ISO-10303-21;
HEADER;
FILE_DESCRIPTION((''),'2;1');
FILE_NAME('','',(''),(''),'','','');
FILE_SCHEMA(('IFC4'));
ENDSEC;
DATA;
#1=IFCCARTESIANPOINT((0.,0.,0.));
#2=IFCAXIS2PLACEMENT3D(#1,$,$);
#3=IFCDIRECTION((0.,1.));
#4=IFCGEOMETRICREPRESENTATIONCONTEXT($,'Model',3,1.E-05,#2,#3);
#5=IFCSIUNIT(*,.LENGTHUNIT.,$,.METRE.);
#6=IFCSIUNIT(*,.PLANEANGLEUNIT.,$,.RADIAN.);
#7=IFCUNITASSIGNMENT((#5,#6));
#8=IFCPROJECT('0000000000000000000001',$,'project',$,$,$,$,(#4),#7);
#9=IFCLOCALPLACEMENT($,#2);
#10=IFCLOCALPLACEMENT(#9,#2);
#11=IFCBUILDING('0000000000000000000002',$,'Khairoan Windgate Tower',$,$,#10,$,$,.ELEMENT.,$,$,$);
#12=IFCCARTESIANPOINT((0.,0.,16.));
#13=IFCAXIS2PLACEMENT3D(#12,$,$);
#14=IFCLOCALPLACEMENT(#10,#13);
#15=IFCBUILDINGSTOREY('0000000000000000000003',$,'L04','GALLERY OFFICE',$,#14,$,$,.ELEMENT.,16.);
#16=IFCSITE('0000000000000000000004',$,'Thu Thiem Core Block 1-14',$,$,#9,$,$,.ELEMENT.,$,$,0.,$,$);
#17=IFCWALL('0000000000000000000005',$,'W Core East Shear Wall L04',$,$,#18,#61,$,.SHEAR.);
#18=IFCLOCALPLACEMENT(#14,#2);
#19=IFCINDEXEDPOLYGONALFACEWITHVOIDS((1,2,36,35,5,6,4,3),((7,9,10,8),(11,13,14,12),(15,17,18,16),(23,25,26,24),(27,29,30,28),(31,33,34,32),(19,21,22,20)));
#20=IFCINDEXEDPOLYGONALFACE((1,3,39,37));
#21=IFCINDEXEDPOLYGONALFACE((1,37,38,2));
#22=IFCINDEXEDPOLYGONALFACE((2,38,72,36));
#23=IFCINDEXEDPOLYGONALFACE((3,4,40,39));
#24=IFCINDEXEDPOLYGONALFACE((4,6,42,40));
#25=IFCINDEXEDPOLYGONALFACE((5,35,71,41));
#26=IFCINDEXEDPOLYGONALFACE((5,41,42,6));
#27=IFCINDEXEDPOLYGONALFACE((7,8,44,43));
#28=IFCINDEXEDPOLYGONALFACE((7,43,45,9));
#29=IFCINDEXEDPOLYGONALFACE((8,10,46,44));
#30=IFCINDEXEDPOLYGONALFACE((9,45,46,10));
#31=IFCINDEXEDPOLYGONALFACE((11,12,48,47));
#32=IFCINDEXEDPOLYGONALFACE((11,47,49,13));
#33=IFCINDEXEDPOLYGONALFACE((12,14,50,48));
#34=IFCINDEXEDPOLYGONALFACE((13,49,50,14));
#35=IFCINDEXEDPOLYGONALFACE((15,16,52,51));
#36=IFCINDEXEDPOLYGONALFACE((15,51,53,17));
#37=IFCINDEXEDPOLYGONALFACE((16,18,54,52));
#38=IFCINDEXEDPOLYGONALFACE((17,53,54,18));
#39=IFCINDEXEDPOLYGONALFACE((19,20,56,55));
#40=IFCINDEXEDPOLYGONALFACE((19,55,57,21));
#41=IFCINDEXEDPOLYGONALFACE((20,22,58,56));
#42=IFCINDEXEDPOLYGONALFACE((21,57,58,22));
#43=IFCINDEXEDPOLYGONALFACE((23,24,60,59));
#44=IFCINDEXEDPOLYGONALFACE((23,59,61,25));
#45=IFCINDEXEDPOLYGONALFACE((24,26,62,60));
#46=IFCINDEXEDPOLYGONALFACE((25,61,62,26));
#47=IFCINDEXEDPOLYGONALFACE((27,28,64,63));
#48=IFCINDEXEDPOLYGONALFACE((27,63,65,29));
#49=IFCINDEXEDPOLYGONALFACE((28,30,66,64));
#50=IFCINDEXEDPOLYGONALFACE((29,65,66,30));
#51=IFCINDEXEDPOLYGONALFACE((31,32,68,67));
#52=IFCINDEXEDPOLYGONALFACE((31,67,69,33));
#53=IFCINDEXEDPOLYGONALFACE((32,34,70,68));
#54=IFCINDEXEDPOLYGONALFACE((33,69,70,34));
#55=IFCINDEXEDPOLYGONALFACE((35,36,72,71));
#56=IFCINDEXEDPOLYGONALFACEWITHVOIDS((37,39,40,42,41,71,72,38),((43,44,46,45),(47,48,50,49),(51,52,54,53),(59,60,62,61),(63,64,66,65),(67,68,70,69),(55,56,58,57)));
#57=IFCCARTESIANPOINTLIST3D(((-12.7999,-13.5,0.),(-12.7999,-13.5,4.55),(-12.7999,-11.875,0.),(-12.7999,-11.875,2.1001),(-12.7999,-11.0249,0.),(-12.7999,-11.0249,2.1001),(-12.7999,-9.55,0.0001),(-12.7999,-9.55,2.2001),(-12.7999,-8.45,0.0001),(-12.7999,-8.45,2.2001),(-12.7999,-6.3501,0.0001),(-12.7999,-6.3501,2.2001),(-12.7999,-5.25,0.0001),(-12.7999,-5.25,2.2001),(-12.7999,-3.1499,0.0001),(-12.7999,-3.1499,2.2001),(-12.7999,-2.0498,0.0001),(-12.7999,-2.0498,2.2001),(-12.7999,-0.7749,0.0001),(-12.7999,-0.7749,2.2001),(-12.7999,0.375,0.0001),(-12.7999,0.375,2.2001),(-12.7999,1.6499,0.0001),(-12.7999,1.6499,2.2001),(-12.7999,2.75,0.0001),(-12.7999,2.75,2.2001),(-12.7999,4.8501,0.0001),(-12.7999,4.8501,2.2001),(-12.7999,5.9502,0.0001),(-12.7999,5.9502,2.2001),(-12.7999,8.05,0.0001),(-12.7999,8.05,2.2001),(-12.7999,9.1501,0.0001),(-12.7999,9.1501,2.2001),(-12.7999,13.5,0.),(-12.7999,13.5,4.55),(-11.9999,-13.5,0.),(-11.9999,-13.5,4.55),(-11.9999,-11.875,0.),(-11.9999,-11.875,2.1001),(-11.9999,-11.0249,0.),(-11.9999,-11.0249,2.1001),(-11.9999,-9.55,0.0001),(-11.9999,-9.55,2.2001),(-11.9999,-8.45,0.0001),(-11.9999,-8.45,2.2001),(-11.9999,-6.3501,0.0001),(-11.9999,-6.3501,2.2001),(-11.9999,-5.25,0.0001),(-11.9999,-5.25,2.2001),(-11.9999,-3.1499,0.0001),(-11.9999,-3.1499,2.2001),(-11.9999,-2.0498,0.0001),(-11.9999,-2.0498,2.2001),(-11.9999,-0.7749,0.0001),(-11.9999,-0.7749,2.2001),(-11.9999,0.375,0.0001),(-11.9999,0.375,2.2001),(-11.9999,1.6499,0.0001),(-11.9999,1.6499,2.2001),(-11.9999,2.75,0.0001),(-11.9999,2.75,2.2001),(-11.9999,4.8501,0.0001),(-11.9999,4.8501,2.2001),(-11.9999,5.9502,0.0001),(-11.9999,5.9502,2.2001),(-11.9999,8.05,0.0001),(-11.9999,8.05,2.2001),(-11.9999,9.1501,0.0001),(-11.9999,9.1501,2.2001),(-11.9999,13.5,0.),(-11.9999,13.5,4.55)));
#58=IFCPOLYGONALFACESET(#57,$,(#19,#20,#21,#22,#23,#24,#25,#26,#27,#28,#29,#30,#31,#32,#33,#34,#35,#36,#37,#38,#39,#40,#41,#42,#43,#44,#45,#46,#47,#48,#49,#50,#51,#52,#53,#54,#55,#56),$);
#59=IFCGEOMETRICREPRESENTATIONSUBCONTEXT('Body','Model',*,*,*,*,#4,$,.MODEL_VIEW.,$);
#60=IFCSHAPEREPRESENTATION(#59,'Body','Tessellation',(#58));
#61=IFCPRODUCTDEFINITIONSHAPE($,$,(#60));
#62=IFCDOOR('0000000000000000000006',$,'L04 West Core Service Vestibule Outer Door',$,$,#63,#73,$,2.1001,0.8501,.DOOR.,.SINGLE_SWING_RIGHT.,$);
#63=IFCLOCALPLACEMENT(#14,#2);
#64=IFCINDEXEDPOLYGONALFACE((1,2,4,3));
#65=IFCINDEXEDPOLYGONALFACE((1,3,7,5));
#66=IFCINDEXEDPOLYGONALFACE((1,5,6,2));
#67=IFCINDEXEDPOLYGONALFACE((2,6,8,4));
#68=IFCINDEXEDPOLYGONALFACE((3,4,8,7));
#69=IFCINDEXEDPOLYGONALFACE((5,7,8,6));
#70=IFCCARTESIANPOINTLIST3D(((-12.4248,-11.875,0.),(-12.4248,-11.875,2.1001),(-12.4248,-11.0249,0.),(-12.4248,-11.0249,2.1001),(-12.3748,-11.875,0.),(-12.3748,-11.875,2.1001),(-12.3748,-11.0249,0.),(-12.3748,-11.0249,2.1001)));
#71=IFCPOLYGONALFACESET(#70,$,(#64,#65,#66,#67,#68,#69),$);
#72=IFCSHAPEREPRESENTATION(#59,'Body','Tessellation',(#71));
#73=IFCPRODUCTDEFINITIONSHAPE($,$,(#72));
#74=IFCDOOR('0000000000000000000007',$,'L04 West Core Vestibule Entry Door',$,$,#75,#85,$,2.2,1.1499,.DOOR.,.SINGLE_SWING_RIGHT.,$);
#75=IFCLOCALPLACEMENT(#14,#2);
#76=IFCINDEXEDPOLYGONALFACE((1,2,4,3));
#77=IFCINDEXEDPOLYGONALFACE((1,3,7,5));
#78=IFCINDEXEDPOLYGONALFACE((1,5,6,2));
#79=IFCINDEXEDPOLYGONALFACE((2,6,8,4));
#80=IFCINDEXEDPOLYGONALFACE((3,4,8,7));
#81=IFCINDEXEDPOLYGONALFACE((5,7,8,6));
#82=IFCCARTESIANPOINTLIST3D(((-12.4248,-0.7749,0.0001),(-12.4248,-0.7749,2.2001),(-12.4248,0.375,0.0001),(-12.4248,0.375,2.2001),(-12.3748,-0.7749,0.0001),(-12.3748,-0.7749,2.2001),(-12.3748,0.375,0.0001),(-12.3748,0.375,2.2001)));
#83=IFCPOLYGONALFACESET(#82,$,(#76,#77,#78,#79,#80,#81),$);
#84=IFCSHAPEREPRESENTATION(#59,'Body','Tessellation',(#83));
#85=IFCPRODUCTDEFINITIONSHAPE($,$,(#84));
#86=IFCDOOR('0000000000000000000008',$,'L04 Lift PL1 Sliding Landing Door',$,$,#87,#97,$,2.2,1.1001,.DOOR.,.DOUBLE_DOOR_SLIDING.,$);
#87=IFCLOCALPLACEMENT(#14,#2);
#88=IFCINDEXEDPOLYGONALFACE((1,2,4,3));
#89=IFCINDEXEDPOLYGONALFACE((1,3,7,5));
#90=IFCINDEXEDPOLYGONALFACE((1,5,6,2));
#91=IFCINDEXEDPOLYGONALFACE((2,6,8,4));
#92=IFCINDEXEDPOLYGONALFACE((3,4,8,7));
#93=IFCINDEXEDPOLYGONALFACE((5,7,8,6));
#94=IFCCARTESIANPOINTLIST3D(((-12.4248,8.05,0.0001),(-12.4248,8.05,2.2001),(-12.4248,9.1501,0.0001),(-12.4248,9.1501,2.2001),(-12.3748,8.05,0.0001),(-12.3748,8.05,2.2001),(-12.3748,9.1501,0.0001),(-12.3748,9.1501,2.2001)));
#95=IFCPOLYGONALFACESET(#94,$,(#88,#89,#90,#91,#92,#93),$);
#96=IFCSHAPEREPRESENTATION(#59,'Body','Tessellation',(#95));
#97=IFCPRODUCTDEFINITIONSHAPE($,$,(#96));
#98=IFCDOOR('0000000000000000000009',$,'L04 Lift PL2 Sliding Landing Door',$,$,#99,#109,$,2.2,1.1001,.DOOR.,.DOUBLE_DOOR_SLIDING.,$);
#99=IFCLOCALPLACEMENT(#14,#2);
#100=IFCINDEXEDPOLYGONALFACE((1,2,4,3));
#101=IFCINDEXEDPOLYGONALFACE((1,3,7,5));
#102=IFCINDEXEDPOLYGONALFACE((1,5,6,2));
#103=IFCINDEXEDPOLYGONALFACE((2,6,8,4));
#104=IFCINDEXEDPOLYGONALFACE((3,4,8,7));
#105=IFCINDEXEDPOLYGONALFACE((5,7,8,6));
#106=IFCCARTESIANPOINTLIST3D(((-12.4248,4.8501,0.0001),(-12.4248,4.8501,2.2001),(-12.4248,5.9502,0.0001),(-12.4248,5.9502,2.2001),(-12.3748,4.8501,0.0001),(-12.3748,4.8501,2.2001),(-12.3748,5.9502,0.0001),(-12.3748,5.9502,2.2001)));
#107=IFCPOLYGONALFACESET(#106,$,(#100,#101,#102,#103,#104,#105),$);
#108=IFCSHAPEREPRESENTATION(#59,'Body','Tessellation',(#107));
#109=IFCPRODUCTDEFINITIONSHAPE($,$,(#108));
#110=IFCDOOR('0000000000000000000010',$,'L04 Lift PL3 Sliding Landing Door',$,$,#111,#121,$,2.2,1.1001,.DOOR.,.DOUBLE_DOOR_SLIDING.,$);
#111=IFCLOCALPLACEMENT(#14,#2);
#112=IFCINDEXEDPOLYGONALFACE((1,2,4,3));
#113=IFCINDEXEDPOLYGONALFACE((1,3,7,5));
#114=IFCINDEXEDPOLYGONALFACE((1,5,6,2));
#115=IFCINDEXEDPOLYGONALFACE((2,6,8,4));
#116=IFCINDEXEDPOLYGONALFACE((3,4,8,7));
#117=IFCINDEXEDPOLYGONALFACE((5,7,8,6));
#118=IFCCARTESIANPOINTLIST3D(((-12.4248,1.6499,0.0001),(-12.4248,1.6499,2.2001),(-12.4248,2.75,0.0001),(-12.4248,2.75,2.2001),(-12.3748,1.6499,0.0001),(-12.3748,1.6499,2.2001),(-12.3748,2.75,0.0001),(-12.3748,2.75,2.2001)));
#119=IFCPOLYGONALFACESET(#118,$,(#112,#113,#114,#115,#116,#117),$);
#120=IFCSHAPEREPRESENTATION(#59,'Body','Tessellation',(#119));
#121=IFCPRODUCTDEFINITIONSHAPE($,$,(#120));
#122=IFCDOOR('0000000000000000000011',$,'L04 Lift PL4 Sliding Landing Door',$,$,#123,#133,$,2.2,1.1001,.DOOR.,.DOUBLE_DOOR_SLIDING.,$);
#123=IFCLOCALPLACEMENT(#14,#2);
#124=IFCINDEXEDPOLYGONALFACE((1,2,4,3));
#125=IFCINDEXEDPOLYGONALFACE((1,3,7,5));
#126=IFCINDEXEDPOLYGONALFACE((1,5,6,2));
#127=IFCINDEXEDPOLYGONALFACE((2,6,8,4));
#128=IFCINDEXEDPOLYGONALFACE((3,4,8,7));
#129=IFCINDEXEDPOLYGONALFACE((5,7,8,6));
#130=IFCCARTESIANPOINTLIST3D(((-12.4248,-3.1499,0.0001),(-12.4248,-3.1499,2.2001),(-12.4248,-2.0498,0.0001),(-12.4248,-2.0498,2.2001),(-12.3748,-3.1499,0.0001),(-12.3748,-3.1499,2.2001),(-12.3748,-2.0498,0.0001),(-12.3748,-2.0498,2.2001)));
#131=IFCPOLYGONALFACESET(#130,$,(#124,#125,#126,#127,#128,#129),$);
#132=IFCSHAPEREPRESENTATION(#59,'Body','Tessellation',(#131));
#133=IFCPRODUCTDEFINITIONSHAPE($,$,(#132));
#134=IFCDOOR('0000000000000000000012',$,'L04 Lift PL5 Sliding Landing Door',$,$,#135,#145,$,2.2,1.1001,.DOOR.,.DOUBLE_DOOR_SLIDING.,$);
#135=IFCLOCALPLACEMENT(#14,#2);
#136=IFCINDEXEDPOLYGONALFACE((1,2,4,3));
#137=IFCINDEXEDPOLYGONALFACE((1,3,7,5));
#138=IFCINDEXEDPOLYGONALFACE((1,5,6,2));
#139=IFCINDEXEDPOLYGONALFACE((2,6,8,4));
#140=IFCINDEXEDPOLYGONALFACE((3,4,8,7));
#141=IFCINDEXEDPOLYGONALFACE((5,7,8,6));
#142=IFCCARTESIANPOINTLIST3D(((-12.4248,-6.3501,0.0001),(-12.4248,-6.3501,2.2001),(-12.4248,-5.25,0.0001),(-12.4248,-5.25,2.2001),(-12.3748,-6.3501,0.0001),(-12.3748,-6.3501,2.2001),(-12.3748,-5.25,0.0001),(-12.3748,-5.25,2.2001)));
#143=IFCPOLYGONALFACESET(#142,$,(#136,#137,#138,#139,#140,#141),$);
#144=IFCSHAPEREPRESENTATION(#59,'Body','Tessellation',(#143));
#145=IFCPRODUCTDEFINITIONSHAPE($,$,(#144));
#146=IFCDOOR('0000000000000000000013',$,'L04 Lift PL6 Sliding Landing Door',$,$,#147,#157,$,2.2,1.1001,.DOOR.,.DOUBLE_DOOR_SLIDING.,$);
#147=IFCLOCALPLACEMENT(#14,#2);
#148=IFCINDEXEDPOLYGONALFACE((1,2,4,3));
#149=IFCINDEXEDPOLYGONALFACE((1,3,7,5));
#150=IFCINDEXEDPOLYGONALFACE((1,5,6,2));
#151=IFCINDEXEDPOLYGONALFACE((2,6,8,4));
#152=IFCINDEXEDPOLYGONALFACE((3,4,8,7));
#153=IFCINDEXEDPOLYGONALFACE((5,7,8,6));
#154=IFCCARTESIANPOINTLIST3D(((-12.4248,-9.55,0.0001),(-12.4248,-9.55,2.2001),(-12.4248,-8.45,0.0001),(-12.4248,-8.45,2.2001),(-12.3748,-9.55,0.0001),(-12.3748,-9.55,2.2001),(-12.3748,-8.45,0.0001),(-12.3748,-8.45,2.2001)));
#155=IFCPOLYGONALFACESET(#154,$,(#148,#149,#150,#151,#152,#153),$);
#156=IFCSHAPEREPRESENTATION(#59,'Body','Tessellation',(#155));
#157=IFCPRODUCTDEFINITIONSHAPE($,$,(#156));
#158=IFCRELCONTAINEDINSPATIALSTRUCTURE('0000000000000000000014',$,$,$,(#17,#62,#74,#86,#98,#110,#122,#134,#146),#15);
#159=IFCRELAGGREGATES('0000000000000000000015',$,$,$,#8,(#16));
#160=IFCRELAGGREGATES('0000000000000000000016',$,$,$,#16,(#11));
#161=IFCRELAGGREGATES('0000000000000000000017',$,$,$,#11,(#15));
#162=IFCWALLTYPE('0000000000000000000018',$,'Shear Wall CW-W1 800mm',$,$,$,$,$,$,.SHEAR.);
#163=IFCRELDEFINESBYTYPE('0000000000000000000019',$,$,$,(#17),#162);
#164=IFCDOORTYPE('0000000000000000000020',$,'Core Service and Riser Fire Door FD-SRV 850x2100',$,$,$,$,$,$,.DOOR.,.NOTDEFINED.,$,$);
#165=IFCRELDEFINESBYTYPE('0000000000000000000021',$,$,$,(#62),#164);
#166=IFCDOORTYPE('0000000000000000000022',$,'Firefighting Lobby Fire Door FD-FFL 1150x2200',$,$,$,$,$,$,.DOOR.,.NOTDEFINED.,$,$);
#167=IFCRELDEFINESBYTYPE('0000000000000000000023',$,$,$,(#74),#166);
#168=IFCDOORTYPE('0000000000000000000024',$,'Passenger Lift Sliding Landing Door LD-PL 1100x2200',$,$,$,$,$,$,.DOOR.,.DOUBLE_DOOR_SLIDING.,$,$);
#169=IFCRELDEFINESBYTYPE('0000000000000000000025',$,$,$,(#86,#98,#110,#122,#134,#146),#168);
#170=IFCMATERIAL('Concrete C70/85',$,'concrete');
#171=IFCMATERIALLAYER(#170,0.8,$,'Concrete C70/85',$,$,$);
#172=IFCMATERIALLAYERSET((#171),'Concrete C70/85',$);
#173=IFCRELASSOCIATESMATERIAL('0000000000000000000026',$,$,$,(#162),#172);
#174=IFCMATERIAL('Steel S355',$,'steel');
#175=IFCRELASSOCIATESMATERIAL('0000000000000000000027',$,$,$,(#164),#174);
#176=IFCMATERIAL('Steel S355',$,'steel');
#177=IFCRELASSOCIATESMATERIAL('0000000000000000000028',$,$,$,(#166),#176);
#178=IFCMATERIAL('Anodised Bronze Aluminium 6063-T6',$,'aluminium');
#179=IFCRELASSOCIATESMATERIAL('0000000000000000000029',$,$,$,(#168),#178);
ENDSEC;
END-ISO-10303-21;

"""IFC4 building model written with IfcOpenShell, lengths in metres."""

from ifc_helpers import new_model, si_unit, direction, frame, frame_2d, origin, place, context, subcontext, project, spatial, rectangle, extrude, material, layer, layer_set, type_object, element, fill, save


model = new_model("IFC4")

# Units and contexts
model_context = context("Model", 3, precision=1e-05, world=origin(), true_north=direction((0.0, 1.0)))
body_context = subcontext(model_context, "Body", "Model", "MODEL_VIEW")
ifc_project = project(units=[si_unit("LENGTHUNIT", "METRE"), si_unit("PLANEANGLEUNIT", "RADIAN")], contexts=[model_context])

# Site, building, storey
site_placement = place(None, origin())
site = spatial("IfcSite", under=ifc_project, at=site_placement, Name="Thu Thiem Core Block 1-14", CompositionType="ELEMENT", RefElevation=0.0)
building_placement = place(site_placement, origin())
building = spatial("IfcBuilding", under=site, at=building_placement, Name="Khairoan Windgate Tower", CompositionType="ELEMENT")
storey_placement = place(building_placement, frame((0.0, 0.0, 16.0)))
storey = spatial("IfcBuildingStorey", under=building, at=storey_placement, Name="L04", Description="GALLERY OFFICE", CompositionType="ELEMENT", Elevation=16.0)

# Wall, openings, doors
ifc_material_1 = material(Name="Concrete C70/85", Category="concrete")
ifc_layer_1 = layer(ifc_material_1, 0.8, Name="Concrete C70/85")
ifc_layer_set_1 = layer_set([ifc_layer_1], Name="Concrete C70/85")
wall_type_1 = type_object("IfcWallType", Name="Shear Wall CW-W1 800mm", PredefinedType="SHEAR", material=ifc_layer_set_1)
wall_1_placement = place(storey_placement, frame((-12.3999, -13.5, 0.0), z_axis=(0.0, 0.0, 1.0), x_axis=(0.0, 1.0, 0.0)))
wall_1 = element("IfcWall", 1, at=wall_1_placement, inside=storey, type_object=wall_type_1, Name="W Core East Shear Wall L04", PredefinedType="SHEAR", context=body_context, shape_type="SweptSolid", body=[
    extrude(rectangle(XDim=27.0, YDim=0.8, at=frame_2d((13.5, 0.0))), origin(), (0.0, 0.0, 1.0), 4.55),
])
opening_1_placement = place(wall_1_placement, frame((21.55, 0.0, 0.0)))
opening_1 = element("IfcOpeningElement", 2, at=opening_1_placement, cuts=wall_1, PredefinedType="OPENING", context=body_context, shape_type="SweptSolid", body=[
    extrude(rectangle(XDim=1.1001, YDim=2.2, at=frame_2d((0.55, 1.1001))), frame((0.0, 0.4099, 0.0), z_axis=(0.0, -1.0, 0.0), x_axis=(1.0, 0.0, 0.0)), (0.0, 0.0, 1.0), 0.8201),
])
opening_2_placement = place(wall_1_placement, frame((18.3501, 0.0, 0.0)))
opening_2 = element("IfcOpeningElement", 3, at=opening_2_placement, cuts=wall_1, PredefinedType="OPENING", context=body_context, shape_type="SweptSolid", body=[
    extrude(rectangle(XDim=1.1001, YDim=2.2, at=frame_2d((0.55, 1.1001))), frame((0.0, 0.4099, 0.0), z_axis=(0.0, -1.0, 0.0), x_axis=(1.0, 0.0, 0.0)), (0.0, 0.0, 1.0), 0.8201),
])
opening_3_placement = place(wall_1_placement, frame((15.1499, 0.0, 0.0)))
opening_3 = element("IfcOpeningElement", 4, at=opening_3_placement, cuts=wall_1, PredefinedType="OPENING", context=body_context, shape_type="SweptSolid", body=[
    extrude(rectangle(XDim=1.1001, YDim=2.2, at=frame_2d((0.55, 1.1001))), frame((0.0, 0.4099, 0.0), z_axis=(0.0, -1.0, 0.0), x_axis=(1.0, 0.0, 0.0)), (0.0, 0.0, 1.0), 0.8201),
])
opening_4_placement = place(wall_1_placement, frame((10.3501, 0.0, 0.0)))
opening_4 = element("IfcOpeningElement", 5, at=opening_4_placement, cuts=wall_1, PredefinedType="OPENING", context=body_context, shape_type="SweptSolid", body=[
    extrude(rectangle(XDim=1.1001, YDim=2.2, at=frame_2d((0.55, 1.1001))), frame((0.0, 0.4099, 0.0), z_axis=(0.0, -1.0, 0.0), x_axis=(1.0, 0.0, 0.0)), (0.0, 0.0, 1.0), 0.8201),
])
opening_5_placement = place(wall_1_placement, frame((7.1499, 0.0, 0.0)))
opening_5 = element("IfcOpeningElement", 6, at=opening_5_placement, cuts=wall_1, PredefinedType="OPENING", context=body_context, shape_type="SweptSolid", body=[
    extrude(rectangle(XDim=1.1001, YDim=2.2, at=frame_2d((0.55, 1.1001))), frame((0.0, 0.4099, 0.0), z_axis=(0.0, -1.0, 0.0), x_axis=(1.0, 0.0, 0.0)), (0.0, 0.0, 1.0), 0.8201),
])
opening_6_placement = place(wall_1_placement, frame((3.95, 0.0, 0.0)))
opening_6 = element("IfcOpeningElement", 7, at=opening_6_placement, cuts=wall_1, PredefinedType="OPENING", context=body_context, shape_type="SweptSolid", body=[
    extrude(rectangle(XDim=1.1001, YDim=2.2, at=frame_2d((0.55, 1.1001))), frame((0.0, 0.4099, 0.0), z_axis=(0.0, -1.0, 0.0), x_axis=(1.0, 0.0, 0.0)), (0.0, 0.0, 1.0), 0.8201),
])
opening_7_placement = place(wall_1_placement, frame((12.7251, 0.0, 0.0)))
opening_7 = element("IfcOpeningElement", 8, at=opening_7_placement, cuts=wall_1, PredefinedType="OPENING", context=body_context, shape_type="SweptSolid", body=[
    extrude(rectangle(XDim=1.1499, YDim=2.2, at=frame_2d((0.575, 1.1001))), frame((0.0, 0.4099, 0.0), z_axis=(0.0, -1.0, 0.0), x_axis=(1.0, 0.0, 0.0)), (0.0, 0.0, 1.0), 0.8201),
])
opening_8_placement = place(wall_1_placement, frame((1.625, 0.0, 0.0)))
opening_8 = element("IfcOpeningElement", 9, at=opening_8_placement, cuts=wall_1, PredefinedType="OPENING", context=body_context, shape_type="SweptSolid", body=[
    extrude(rectangle(XDim=0.8501, YDim=2.1001, at=frame_2d((0.425, 1.05))), frame((0.0, 0.4099, 0.0), z_axis=(0.0, -1.0, 0.0), x_axis=(1.0, 0.0, 0.0)), (0.0, 0.0, 1.0), 0.8201),
])
ifc_material_2 = material(Name="Steel S355", Category="steel")
door_type_1 = type_object("IfcDoorType", Name="Core Service and Riser Fire Door FD-SRV 850x2100", OperationType="NOTDEFINED", PredefinedType="DOOR", material=ifc_material_2)
door_1_placement = place(opening_8_placement, origin())
door_1 = element("IfcDoor", 10, at=door_1_placement, inside=storey, type_object=door_type_1, Name="L04 West Core Service Vestibule Outer Door", OperationType="SINGLE_SWING_RIGHT", OverallHeight=2.1001, OverallWidth=0.8501, PredefinedType="DOOR", context=body_context, shape_type="SweptSolid", body=[
    extrude(rectangle(XDim=0.8501, YDim=2.1001, at=frame_2d((0.425, 1.05))), frame((0.0, 0.0249, 0.0), z_axis=(0.0, -1.0, 0.0), x_axis=(1.0, 0.0, 0.0)), (0.0, 0.0, 1.0), 0.05),
])
fill(opening_8, door_1)
ifc_material_3 = material(Name="Steel S355", Category="steel")
door_type_2 = type_object("IfcDoorType", Name="Firefighting Lobby Fire Door FD-FFL 1150x2200", OperationType="NOTDEFINED", PredefinedType="DOOR", material=ifc_material_3)
door_2_placement = place(opening_7_placement, origin())
door_2 = element("IfcDoor", 11, at=door_2_placement, inside=storey, type_object=door_type_2, Name="L04 West Core Vestibule Entry Door", OperationType="SINGLE_SWING_RIGHT", OverallHeight=2.2, OverallWidth=1.1499, PredefinedType="DOOR", context=body_context, shape_type="SweptSolid", body=[
    extrude(rectangle(XDim=1.1499, YDim=2.2, at=frame_2d((0.575, 1.1001))), frame((0.0, 0.0249, 0.0), z_axis=(0.0, -1.0, 0.0), x_axis=(1.0, 0.0, 0.0)), (0.0, 0.0, 1.0), 0.05),
])
fill(opening_7, door_2)
ifc_material_4 = material(Name="Anodised Bronze Aluminium 6063-T6", Category="aluminium")
door_type_3 = type_object("IfcDoorType", Name="Passenger Lift Sliding Landing Door LD-PL 1100x2200", OperationType="DOUBLE_DOOR_SLIDING", PredefinedType="DOOR", material=ifc_material_4)
door_3_placement = place(opening_1_placement, origin())
door_3 = element("IfcDoor", 12, at=door_3_placement, inside=storey, type_object=door_type_3, Name="L04 Lift PL1 Sliding Landing Door", OperationType="DOUBLE_DOOR_SLIDING", OverallHeight=2.2, OverallWidth=1.1001, PredefinedType="DOOR", context=body_context, shape_type="SweptSolid", body=[
    extrude(rectangle(XDim=1.1001, YDim=2.2, at=frame_2d((0.55, 1.1001))), frame((0.0, 0.0249, 0.0), z_axis=(0.0, -1.0, 0.0), x_axis=(1.0, 0.0, 0.0)), (0.0, 0.0, 1.0), 0.05),
])
fill(opening_1, door_3)
door_4_placement = place(opening_2_placement, origin())
door_4 = element("IfcDoor", 13, at=door_4_placement, inside=storey, type_object=door_type_3, Name="L04 Lift PL2 Sliding Landing Door", OperationType="DOUBLE_DOOR_SLIDING", OverallHeight=2.2, OverallWidth=1.1001, PredefinedType="DOOR", context=body_context, shape_type="SweptSolid", body=[
    extrude(rectangle(XDim=1.1001, YDim=2.2, at=frame_2d((0.55, 1.1001))), frame((0.0, 0.0249, 0.0), z_axis=(0.0, -1.0, 0.0), x_axis=(1.0, 0.0, 0.0)), (0.0, 0.0, 1.0), 0.05),
])
fill(opening_2, door_4)
door_5_placement = place(opening_3_placement, origin())
door_5 = element("IfcDoor", 14, at=door_5_placement, inside=storey, type_object=door_type_3, Name="L04 Lift PL3 Sliding Landing Door", OperationType="DOUBLE_DOOR_SLIDING", OverallHeight=2.2, OverallWidth=1.1001, PredefinedType="DOOR", context=body_context, shape_type="SweptSolid", body=[
    extrude(rectangle(XDim=1.1001, YDim=2.2, at=frame_2d((0.55, 1.1001))), frame((0.0, 0.0249, 0.0), z_axis=(0.0, -1.0, 0.0), x_axis=(1.0, 0.0, 0.0)), (0.0, 0.0, 1.0), 0.05),
])
fill(opening_3, door_5)
door_6_placement = place(opening_4_placement, origin())
door_6 = element("IfcDoor", 15, at=door_6_placement, inside=storey, type_object=door_type_3, Name="L04 Lift PL4 Sliding Landing Door", OperationType="DOUBLE_DOOR_SLIDING", OverallHeight=2.2, OverallWidth=1.1001, PredefinedType="DOOR", context=body_context, shape_type="SweptSolid", body=[
    extrude(rectangle(XDim=1.1001, YDim=2.2, at=frame_2d((0.55, 1.1001))), frame((0.0, 0.0249, 0.0), z_axis=(0.0, -1.0, 0.0), x_axis=(1.0, 0.0, 0.0)), (0.0, 0.0, 1.0), 0.05),
])
fill(opening_4, door_6)
door_7_placement = place(opening_5_placement, origin())
door_7 = element("IfcDoor", 16, at=door_7_placement, inside=storey, type_object=door_type_3, Name="L04 Lift PL5 Sliding Landing Door", OperationType="DOUBLE_DOOR_SLIDING", OverallHeight=2.2, OverallWidth=1.1001, PredefinedType="DOOR", context=body_context, shape_type="SweptSolid", body=[
    extrude(rectangle(XDim=1.1001, YDim=2.2, at=frame_2d((0.55, 1.1001))), frame((0.0, 0.0249, 0.0), z_axis=(0.0, -1.0, 0.0), x_axis=(1.0, 0.0, 0.0)), (0.0, 0.0, 1.0), 0.05),
])
fill(opening_5, door_7)
door_8_placement = place(opening_6_placement, origin())
door_8 = element("IfcDoor", 17, at=door_8_placement, inside=storey, type_object=door_type_3, Name="L04 Lift PL6 Sliding Landing Door", OperationType="DOUBLE_DOOR_SLIDING", OverallHeight=2.2, OverallWidth=1.1001, PredefinedType="DOOR", context=body_context, shape_type="SweptSolid", body=[
    extrude(rectangle(XDim=1.1001, YDim=2.2, at=frame_2d((0.55, 1.1001))), frame((0.0, 0.0249, 0.0), z_axis=(0.0, -1.0, 0.0), x_axis=(1.0, 0.0, 0.0)), (0.0, 0.0, 1.0), 0.05),
])
fill(opening_6, door_8)

save(model, "model.ifc")
